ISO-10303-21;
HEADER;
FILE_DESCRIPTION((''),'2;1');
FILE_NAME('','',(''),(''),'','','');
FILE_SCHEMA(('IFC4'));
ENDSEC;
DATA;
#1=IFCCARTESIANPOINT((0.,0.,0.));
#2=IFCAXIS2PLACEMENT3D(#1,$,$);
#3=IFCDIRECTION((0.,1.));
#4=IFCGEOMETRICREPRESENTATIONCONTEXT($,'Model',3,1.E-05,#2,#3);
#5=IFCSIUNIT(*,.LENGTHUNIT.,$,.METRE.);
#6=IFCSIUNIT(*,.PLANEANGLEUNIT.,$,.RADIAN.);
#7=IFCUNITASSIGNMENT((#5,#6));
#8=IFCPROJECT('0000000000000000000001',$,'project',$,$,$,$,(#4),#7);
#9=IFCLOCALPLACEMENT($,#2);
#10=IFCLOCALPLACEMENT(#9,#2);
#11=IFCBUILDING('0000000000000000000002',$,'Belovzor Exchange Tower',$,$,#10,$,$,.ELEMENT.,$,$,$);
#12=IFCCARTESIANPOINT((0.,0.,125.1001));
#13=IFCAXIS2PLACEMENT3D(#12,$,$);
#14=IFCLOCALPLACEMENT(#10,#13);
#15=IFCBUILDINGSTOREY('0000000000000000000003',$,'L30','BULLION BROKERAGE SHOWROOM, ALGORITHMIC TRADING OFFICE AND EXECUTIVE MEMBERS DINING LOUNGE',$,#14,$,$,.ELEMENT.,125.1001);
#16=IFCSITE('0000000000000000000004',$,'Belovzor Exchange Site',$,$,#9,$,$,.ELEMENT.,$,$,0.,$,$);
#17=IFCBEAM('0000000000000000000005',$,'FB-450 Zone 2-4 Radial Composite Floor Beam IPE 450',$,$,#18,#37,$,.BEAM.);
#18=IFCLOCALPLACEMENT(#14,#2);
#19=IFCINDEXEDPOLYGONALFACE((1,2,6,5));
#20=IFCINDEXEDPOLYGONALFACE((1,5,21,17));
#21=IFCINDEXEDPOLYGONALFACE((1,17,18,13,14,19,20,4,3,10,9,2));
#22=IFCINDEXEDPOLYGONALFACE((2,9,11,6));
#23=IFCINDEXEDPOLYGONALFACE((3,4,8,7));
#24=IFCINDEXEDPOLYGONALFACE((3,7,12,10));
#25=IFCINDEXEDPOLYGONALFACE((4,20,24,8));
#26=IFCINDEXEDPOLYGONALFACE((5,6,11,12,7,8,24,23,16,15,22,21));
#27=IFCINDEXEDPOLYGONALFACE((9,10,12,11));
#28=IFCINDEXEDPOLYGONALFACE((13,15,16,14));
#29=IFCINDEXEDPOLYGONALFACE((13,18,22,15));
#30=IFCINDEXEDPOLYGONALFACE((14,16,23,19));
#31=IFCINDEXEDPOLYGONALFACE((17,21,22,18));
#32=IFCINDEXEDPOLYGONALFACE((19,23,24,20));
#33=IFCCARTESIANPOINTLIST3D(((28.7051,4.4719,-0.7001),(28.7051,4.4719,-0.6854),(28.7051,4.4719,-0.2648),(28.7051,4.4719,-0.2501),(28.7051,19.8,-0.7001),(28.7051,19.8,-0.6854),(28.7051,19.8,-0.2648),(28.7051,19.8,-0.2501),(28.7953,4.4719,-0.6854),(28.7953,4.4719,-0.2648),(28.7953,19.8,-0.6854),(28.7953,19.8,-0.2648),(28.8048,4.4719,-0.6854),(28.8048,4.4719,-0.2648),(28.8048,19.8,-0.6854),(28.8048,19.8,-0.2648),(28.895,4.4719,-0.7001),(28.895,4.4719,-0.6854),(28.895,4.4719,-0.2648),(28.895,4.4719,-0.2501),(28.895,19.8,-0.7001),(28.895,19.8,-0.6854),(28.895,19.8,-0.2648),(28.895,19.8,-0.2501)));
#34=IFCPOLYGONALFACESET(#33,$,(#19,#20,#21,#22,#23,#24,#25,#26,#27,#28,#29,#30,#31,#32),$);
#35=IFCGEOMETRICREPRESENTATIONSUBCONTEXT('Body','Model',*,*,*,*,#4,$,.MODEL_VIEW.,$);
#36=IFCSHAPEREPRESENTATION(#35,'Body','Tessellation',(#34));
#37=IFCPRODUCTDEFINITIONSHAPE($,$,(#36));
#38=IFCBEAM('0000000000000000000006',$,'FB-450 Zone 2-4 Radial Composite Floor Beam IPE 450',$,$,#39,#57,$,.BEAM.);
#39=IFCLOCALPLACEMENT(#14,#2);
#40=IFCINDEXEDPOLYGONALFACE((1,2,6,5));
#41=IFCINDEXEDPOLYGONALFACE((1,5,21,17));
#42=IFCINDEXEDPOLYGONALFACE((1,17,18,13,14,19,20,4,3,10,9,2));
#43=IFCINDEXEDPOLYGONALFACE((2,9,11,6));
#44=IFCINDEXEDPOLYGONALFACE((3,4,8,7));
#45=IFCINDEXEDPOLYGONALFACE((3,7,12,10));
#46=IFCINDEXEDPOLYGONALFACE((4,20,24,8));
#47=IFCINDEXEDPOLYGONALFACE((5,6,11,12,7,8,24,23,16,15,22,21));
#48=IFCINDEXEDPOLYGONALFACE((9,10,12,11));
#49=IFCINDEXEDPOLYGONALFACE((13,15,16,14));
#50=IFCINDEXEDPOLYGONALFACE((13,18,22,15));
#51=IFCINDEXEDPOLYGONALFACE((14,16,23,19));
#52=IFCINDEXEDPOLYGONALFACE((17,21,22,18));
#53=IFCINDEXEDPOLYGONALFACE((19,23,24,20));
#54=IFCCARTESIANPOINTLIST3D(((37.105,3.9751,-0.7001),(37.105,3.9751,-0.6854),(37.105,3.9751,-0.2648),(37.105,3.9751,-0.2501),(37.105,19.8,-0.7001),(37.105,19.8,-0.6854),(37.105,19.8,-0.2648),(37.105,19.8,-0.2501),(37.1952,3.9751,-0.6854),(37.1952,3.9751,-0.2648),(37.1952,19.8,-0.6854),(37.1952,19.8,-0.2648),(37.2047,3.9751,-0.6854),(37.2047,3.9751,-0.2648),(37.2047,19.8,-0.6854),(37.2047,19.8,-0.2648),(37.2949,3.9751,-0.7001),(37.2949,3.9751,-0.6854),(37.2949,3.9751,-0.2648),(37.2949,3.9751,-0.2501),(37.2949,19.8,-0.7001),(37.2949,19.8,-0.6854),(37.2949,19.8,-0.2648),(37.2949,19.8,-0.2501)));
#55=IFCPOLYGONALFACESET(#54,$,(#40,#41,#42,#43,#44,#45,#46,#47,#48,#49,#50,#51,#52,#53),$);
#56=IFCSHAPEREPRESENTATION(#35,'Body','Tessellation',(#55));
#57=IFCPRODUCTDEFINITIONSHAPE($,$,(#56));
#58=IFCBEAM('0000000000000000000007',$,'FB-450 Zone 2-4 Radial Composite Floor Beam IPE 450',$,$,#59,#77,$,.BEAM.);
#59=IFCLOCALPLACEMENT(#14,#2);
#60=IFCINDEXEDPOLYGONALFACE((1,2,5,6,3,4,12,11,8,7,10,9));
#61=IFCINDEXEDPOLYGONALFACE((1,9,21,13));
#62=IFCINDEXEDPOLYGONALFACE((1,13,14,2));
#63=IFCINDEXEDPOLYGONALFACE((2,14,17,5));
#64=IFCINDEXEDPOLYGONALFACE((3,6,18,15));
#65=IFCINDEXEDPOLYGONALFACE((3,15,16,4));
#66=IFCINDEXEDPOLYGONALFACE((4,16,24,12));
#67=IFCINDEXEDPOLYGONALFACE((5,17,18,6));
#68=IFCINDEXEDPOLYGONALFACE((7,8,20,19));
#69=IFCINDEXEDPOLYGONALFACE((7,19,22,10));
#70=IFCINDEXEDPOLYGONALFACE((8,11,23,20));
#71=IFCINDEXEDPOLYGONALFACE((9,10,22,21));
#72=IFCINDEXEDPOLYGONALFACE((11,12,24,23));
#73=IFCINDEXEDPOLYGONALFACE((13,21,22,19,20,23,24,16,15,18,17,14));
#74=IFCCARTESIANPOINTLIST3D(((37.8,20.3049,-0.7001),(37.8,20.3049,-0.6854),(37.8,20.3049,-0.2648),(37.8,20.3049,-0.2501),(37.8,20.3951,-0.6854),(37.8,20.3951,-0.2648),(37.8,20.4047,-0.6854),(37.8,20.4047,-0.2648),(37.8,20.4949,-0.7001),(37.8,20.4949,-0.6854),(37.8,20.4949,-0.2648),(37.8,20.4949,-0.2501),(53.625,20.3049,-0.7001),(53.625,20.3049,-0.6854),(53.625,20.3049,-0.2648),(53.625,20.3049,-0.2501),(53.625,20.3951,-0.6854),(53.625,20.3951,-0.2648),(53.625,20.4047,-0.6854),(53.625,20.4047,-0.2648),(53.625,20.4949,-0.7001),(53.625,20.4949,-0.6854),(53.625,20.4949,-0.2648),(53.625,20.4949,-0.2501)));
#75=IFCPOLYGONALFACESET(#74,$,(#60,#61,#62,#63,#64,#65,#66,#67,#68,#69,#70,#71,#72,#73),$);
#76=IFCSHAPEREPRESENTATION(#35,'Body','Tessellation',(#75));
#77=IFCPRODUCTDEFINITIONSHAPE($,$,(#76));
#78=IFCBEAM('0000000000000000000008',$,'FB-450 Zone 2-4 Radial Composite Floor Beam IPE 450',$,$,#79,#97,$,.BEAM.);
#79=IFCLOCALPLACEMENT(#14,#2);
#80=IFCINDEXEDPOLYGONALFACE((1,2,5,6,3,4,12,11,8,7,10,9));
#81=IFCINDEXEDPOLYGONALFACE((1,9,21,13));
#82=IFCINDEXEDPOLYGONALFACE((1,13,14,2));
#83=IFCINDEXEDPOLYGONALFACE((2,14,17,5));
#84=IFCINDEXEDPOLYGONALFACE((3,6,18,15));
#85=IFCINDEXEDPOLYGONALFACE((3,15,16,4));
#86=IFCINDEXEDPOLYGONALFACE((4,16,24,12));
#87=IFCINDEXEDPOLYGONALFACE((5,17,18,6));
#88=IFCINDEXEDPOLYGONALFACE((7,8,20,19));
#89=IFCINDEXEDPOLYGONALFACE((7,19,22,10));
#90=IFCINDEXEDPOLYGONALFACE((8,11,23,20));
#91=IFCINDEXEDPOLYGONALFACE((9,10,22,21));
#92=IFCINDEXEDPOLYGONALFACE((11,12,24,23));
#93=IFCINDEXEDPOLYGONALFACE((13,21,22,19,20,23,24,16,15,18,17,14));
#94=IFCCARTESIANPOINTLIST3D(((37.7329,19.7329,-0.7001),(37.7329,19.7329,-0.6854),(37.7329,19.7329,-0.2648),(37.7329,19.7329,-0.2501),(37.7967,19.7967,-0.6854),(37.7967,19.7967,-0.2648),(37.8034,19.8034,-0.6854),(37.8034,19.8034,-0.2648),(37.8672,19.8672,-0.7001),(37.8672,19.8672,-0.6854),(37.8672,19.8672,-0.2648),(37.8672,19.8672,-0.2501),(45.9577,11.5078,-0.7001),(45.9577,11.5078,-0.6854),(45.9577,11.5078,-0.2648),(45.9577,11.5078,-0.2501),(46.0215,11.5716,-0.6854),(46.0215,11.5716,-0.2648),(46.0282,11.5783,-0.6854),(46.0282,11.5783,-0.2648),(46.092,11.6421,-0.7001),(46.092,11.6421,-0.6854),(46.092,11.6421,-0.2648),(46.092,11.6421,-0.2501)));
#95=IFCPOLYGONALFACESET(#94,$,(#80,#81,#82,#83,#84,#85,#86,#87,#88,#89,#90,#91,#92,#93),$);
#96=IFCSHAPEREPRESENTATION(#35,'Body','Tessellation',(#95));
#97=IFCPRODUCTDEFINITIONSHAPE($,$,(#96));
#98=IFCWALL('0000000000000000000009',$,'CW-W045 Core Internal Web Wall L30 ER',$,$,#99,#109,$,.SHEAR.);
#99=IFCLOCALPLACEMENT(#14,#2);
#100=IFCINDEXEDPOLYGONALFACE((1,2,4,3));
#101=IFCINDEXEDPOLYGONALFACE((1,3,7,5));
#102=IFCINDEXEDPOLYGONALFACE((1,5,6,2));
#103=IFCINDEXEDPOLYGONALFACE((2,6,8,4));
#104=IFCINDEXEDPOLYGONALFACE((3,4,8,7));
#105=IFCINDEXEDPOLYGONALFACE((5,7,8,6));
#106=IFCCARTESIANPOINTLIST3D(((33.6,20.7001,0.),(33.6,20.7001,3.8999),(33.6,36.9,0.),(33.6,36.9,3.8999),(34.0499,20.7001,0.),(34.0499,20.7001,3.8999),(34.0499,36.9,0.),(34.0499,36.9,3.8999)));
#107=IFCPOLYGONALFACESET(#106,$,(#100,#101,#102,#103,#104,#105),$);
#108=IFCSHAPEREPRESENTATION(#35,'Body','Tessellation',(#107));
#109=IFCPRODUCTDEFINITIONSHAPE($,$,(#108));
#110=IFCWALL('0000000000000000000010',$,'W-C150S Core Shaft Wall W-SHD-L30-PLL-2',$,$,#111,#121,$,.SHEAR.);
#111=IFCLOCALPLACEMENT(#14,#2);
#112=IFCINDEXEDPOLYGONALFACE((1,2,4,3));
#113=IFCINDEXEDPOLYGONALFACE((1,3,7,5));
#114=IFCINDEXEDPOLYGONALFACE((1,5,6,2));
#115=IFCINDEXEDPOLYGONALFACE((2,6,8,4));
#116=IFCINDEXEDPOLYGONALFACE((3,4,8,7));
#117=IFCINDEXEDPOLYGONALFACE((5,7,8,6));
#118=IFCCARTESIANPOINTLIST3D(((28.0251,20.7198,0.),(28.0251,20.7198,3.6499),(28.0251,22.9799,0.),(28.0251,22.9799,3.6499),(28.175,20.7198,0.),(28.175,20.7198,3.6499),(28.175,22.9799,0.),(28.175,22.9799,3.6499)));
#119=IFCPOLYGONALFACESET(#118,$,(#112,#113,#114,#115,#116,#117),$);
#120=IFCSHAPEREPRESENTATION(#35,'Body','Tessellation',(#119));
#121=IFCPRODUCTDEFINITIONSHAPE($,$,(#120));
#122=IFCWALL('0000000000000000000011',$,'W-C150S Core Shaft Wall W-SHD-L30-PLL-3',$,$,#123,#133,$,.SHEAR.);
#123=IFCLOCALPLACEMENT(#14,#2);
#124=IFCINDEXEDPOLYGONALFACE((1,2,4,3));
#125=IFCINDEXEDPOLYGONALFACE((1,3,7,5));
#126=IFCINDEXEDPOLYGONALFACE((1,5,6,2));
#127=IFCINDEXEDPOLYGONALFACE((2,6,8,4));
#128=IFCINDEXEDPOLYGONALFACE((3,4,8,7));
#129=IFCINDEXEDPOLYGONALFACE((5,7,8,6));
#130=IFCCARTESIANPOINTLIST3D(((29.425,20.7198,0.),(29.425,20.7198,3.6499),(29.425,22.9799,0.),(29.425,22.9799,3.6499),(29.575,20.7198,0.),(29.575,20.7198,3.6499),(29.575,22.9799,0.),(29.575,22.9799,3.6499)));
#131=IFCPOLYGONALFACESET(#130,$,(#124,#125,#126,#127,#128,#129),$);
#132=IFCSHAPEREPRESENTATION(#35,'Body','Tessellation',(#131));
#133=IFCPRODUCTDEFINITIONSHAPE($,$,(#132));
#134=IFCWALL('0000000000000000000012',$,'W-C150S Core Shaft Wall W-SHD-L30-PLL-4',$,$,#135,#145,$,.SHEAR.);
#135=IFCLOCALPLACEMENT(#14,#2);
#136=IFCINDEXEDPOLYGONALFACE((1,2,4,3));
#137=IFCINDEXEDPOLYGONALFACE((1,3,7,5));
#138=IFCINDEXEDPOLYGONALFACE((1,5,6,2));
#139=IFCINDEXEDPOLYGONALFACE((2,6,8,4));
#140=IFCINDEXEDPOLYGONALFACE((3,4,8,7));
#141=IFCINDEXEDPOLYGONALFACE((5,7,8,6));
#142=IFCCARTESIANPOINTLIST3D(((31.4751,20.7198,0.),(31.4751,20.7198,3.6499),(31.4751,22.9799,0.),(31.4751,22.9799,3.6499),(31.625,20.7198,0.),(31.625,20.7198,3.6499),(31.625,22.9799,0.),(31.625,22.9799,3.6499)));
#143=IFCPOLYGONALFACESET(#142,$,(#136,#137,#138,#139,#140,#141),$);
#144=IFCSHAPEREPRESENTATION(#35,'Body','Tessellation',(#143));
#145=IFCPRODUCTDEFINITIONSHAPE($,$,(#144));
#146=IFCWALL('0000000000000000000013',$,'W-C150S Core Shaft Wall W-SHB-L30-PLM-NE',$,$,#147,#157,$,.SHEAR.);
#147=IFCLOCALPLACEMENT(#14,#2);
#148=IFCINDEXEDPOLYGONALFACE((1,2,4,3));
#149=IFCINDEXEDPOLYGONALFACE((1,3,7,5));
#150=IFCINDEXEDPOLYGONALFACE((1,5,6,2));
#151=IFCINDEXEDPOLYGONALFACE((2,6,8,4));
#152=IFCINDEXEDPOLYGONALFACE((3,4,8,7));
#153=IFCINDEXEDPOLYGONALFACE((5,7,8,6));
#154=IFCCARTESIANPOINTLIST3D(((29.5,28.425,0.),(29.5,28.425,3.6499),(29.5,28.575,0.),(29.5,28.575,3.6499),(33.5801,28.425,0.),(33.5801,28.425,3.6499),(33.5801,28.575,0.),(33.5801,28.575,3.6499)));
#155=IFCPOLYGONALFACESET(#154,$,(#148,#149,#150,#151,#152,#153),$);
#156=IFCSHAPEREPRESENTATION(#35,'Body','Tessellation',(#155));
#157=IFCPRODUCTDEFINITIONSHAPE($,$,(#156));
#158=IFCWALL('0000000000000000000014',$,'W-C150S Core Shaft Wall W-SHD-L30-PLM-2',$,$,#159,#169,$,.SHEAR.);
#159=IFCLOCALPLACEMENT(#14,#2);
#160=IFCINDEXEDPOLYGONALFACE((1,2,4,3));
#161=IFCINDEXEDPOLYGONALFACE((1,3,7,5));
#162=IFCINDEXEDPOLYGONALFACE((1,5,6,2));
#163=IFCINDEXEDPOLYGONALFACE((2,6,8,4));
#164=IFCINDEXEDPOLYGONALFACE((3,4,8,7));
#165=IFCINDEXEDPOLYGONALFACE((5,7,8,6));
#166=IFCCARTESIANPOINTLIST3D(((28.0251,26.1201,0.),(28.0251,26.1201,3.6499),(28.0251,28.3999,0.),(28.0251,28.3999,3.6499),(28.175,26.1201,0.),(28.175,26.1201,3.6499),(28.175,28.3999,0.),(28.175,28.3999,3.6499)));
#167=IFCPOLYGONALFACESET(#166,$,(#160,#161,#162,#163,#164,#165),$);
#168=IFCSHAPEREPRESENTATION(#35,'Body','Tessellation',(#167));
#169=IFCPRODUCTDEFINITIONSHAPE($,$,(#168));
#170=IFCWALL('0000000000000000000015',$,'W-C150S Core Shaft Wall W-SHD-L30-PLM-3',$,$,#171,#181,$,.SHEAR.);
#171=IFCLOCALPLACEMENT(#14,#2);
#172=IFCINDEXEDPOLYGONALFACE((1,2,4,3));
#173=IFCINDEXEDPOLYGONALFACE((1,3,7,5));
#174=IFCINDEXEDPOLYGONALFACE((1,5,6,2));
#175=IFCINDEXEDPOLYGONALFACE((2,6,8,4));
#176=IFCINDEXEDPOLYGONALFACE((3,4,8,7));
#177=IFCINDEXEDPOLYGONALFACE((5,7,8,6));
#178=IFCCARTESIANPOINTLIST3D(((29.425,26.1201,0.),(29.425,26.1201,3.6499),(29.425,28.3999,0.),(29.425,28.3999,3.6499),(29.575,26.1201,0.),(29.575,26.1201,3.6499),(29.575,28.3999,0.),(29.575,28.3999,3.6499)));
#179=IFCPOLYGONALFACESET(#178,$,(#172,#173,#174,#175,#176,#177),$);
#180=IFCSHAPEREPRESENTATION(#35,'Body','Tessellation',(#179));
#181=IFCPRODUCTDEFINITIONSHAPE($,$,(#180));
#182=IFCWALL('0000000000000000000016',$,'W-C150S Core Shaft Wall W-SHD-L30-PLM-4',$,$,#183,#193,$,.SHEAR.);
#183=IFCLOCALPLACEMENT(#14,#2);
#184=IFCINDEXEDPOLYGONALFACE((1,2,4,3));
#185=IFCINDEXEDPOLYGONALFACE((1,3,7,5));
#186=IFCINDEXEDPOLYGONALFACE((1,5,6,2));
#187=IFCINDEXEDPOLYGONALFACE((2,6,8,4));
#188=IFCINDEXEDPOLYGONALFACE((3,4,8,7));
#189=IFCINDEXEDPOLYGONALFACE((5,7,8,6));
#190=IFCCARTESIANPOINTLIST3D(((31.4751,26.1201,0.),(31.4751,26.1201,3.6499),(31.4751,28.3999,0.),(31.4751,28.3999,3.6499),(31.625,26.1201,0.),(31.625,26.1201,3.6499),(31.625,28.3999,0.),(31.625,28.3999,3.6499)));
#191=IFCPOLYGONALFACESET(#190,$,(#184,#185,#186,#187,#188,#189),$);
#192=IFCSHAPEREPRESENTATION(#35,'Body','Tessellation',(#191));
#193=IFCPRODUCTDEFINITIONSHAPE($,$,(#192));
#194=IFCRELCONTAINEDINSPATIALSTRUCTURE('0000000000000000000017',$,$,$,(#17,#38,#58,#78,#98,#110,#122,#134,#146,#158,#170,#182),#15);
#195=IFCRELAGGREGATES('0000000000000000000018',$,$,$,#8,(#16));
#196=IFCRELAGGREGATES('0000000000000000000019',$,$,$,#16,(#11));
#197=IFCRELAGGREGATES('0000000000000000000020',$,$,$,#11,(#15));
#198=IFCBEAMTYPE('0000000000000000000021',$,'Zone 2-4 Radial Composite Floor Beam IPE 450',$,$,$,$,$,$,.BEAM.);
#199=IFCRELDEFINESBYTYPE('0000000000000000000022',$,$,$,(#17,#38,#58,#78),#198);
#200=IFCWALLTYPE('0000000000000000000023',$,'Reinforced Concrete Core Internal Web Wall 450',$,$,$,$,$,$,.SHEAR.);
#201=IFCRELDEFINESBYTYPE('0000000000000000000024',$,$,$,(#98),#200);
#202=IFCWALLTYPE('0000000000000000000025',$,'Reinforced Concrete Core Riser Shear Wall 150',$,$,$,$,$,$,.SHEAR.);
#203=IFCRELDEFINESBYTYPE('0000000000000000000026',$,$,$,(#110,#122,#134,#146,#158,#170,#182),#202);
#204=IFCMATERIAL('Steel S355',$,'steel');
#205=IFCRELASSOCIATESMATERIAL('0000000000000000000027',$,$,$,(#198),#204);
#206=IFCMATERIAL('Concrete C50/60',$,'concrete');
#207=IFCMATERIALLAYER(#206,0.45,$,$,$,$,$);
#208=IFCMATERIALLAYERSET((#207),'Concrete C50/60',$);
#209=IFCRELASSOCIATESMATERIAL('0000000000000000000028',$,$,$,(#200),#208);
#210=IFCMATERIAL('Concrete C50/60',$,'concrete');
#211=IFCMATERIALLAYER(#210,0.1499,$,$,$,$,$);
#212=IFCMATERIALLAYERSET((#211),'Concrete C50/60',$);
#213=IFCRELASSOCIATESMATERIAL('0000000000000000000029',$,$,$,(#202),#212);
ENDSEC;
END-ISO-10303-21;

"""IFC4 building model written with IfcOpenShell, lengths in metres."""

from ifc_helpers import new_model, si_unit, direction, frame, frame_2d, origin, origin_2d, place, context, subcontext, project, spatial, rectangle, i_section, extrude, material, layer, layer_set, material_profile, profile_set, type_object, element, save


model = new_model("IFC4")

# Units and contexts
model_context = context("Model", 3, precision=1e-05, world=origin(), true_north=direction((0.0, 1.0)))
body_context = subcontext(model_context, "Body", "Model", "MODEL_VIEW")
ifc_project = project(units=[si_unit("LENGTHUNIT", "METRE"), si_unit("PLANEANGLEUNIT", "RADIAN")], contexts=[model_context])

# Site, building, storey
site_placement = place(None, origin())
site = spatial("IfcSite", under=ifc_project, at=site_placement, Name="Belovzor Exchange Site", CompositionType="ELEMENT", RefElevation=0.0)
building_placement = place(site_placement, origin())
building = spatial("IfcBuilding", under=site, at=building_placement, Name="Belovzor Exchange Tower", CompositionType="ELEMENT")
storey_placement = place(building_placement, frame((0.0, 0.0, 125.1001)))
storey = spatial("IfcBuildingStorey", under=building, at=storey_placement, Name="L30", Description="BULLION BROKERAGE SHOWROOM, ALGORITHMIC TRADING OFFICE AND EXECUTIVE MEMBERS DINING LOUNGE", CompositionType="ELEMENT", Elevation=125.1001)

# Beams
ifc_material_1 = material(Name="Steel S355", Category="steel")
ifc_material_profile = material_profile(ifc_material_1, i_section(OverallWidth=0.1899, OverallDepth=0.45, WebThickness=0.0095, FlangeThickness=0.0146, at=origin_2d()))
ifc_profile_set = profile_set([ifc_material_profile], Name="Steel S355")
beam_type = type_object("IfcBeamType", Name="Zone 2-4 Radial Composite Floor Beam IPE 450", PredefinedType="BEAM", material=ifc_profile_set)
beam_1_placement = place(storey_placement, frame((28.8, 19.8, -0.4751), z_axis=(0.0, -1.0, 0.0), x_axis=(1.0, 0.0, 0.0)))
element("IfcBeam", 1, at=beam_1_placement, inside=storey, type_object=beam_type, Name="FB-450 Zone 2-4 Radial Composite Floor Beam IPE 450", PredefinedType="BEAM", context=body_context, shape_type="SweptSolid", body=[
    extrude(i_section(OverallWidth=0.1899, OverallDepth=0.45, WebThickness=0.0095, FlangeThickness=0.0146, at=origin_2d()), origin(), (0.0, 0.0, 1.0), 15.3281),
])
for number, where, z_axis, x_axis, name in (
    (2, (37.2, 19.8, -0.4751), (0.0, -1.0, 0.0), (1.0, 0.0, 0.0), "FB-450 Zone 2-4 Radial Composite Floor Beam IPE 450"),
    (3, (37.8, 20.3999, -0.4751), (1.0, 0.0, 0.0), (0.0, 1.0, 0.0), "FB-450 Zone 2-4 Radial Composite Floor Beam IPE 450"),
):
    element("IfcBeam", number, at=place(storey_placement, frame(where, z_axis=z_axis, x_axis=x_axis)), inside=storey, type_object=beam_type, Name=name, PredefinedType="BEAM", context=body_context, shape_type="SweptSolid", body=[
        extrude(i_section(OverallWidth=0.1899, OverallDepth=0.45, WebThickness=0.0095, FlangeThickness=0.0146, at=origin_2d()), origin(), (0.0, 0.0, 1.0), 15.825),
    ])
beam_2_placement = place(storey_placement, frame((37.8, 19.8, -0.4751), z_axis=(0.707096, -0.707117, 0.0), x_axis=(0.707117, 0.707096, 0.0)))
element("IfcBeam", 4, at=beam_2_placement, inside=storey, type_object=beam_type, Name="FB-450 Zone 2-4 Radial Composite Floor Beam IPE 450", PredefinedType="BEAM", context=body_context, shape_type="SweptSolid", body=[
    extrude(i_section(OverallWidth=0.1899, OverallDepth=0.45, WebThickness=0.0095, FlangeThickness=0.0146, at=origin_2d()), origin(), (0.0, 0.0, 1.0), 11.6318),
])

# Walls
ifc_material_2 = material(Name="Concrete C50/60", Category="concrete")
ifc_layer_1 = layer(ifc_material_2, 0.45)
ifc_layer_set_1 = layer_set([ifc_layer_1], Name="Concrete C50/60")
wall_type_1 = type_object("IfcWallType", Name="Reinforced Concrete Core Internal Web Wall 450", PredefinedType="SHEAR", material=ifc_layer_set_1)
wall_1_placement = place(storey_placement, frame((33.825, 20.7, 0.0), z_axis=(0.0, 0.0, 1.0), x_axis=(0.0, 1.0, 0.0)))
element("IfcWall", 5, at=wall_1_placement, inside=storey, type_object=wall_type_1, Name="CW-W045 Core Internal Web Wall L30 ER", PredefinedType="SHEAR", context=body_context, shape_type="SweptSolid", body=[
    extrude(rectangle(XDim=16.2, YDim=0.45, at=frame_2d((8.1001, 0.0))), origin(), (0.0, 0.0, 1.0), 3.8999),
])
ifc_material_3 = material(Name="Concrete C50/60", Category="concrete")
ifc_layer_2 = layer(ifc_material_3, 0.1499)
ifc_layer_set_2 = layer_set([ifc_layer_2], Name="Concrete C50/60")
wall_type_2 = type_object("IfcWallType", Name="Reinforced Concrete Core Riser Shear Wall 150", PredefinedType="SHEAR", material=ifc_layer_set_2)
for number, where, z_axis, x_axis, name in (
    (6, (28.1001, 20.72, 0.0), (0.0, 0.0, 1.0), (0.0, 1.0, 0.0), "W-C150S Core Shaft Wall W-SHD-L30-PLL-2"),
    (7, (29.5, 20.72, 0.0), (0.0, 0.0, 1.0), (0.0, 1.0, 0.0), "W-C150S Core Shaft Wall W-SHD-L30-PLL-3"),
    (8, (31.55, 20.72, 0.0), (0.0, 0.0, 1.0), (0.0, 1.0, 0.0), "W-C150S Core Shaft Wall W-SHD-L30-PLL-4"),
):
    element("IfcWall", number, at=place(storey_placement, frame(where, z_axis=z_axis, x_axis=x_axis)), inside=storey, type_object=wall_type_2, Name=name, PredefinedType="SHEAR", context=body_context, shape_type="SweptSolid", body=[
        extrude(rectangle(XDim=2.26, YDim=0.1499, at=frame_2d((1.1299, 0.0))), origin(), (0.0, 0.0, 1.0), 3.6499),
    ])
wall_2_placement = place(storey_placement, frame((29.5, 28.5, 0.0), z_axis=(0.0, 0.0, 1.0), x_axis=(1.0, 0.0, 0.0)))
element("IfcWall", 9, at=wall_2_placement, inside=storey, type_object=wall_type_2, Name="W-C150S Core Shaft Wall W-SHB-L30-PLM-NE", PredefinedType="SHEAR", context=body_context, shape_type="SweptSolid", body=[
    extrude(rectangle(XDim=4.0801, YDim=0.1499, at=frame_2d((2.04, 0.0))), origin(), (0.0, 0.0, 1.0), 3.6499),
])
for number, where, z_axis, x_axis, name in (
    (10, (28.1001, 26.1201, 0.0), (0.0, 0.0, 1.0), (0.0, 1.0, 0.0), "W-C150S Core Shaft Wall W-SHD-L30-PLM-2"),
    (11, (29.5, 26.1201, 0.0), (0.0, 0.0, 1.0), (0.0, 1.0, 0.0), "W-C150S Core Shaft Wall W-SHD-L30-PLM-3"),
    (12, (31.55, 26.1201, 0.0), (0.0, 0.0, 1.0), (0.0, 1.0, 0.0), "W-C150S Core Shaft Wall W-SHD-L30-PLM-4"),
):
    element("IfcWall", number, at=place(storey_placement, frame(where, z_axis=z_axis, x_axis=x_axis)), inside=storey, type_object=wall_type_2, Name=name, PredefinedType="SHEAR", context=body_context, shape_type="SweptSolid", body=[
        extrude(rectangle(XDim=2.2798, YDim=0.1499, at=frame_2d((1.1399, 0.0))), origin(), (0.0, 0.0, 1.0), 3.6499),
    ])

save(model, "model.ifc")
